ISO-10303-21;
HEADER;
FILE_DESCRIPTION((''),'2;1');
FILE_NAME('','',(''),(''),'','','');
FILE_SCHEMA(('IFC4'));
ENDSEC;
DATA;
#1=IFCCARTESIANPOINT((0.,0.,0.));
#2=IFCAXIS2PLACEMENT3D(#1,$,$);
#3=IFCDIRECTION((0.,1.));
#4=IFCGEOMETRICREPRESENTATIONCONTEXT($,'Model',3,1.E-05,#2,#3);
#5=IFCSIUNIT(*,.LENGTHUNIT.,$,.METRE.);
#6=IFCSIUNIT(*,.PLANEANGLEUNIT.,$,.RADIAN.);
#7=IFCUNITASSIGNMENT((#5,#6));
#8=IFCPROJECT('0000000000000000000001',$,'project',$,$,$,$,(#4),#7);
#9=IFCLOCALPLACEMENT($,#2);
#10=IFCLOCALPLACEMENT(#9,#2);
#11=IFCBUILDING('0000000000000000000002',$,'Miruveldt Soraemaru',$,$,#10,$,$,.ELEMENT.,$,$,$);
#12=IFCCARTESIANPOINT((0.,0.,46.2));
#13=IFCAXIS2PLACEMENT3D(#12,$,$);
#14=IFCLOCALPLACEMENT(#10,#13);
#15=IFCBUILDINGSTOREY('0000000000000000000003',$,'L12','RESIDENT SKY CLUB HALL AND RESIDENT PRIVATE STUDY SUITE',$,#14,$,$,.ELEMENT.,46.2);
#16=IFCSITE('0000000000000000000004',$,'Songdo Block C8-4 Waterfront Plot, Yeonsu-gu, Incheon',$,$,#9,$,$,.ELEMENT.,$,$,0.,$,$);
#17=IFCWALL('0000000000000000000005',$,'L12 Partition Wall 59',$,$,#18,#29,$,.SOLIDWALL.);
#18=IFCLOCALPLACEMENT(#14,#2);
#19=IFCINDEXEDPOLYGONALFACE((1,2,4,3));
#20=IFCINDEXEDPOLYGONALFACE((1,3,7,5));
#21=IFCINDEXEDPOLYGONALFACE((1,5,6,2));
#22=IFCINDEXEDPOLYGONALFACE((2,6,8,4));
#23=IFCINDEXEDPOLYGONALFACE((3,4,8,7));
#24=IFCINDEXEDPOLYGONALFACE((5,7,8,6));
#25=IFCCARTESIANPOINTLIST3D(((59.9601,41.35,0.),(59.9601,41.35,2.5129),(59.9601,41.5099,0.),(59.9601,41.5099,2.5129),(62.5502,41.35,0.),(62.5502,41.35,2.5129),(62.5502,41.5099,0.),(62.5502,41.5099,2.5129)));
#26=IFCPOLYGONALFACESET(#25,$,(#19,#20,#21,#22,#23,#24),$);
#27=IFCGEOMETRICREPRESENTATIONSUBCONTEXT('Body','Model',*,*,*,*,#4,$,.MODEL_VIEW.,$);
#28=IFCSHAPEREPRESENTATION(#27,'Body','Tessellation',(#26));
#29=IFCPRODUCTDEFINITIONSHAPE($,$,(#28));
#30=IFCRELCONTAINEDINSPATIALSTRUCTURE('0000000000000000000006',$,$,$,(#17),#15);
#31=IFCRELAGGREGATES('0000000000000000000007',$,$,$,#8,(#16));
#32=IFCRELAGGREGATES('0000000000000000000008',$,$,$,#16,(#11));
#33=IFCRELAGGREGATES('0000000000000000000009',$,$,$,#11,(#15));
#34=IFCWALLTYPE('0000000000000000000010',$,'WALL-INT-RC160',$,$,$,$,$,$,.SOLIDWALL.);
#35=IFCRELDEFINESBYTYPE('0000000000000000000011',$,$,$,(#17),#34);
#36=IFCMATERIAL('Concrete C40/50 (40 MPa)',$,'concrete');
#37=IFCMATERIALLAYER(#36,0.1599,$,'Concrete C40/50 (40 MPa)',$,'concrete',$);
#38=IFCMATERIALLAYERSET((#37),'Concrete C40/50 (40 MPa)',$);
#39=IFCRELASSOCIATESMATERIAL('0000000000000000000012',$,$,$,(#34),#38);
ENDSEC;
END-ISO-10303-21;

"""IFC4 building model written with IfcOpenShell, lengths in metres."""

from ifc_helpers import new_model, si_unit, direction, frame, frame_2d, origin, place, context, subcontext, project, spatial, rectangle, extrude, material, layer, layer_set, type_object, element, save


model = new_model("IFC4")

# Units and contexts
model_context = context("Model", 3, precision=1e-05, world=origin(), true_north=direction((0.0, 1.0)))
body_context = subcontext(model_context, "Body", "Model", "MODEL_VIEW")
ifc_project = project(units=[si_unit("LENGTHUNIT", "METRE"), si_unit("PLANEANGLEUNIT", "RADIAN")], contexts=[model_context])

# Site, building, storey
site_placement = place(None, origin())
site = spatial("IfcSite", under=ifc_project, at=site_placement, Name="Songdo Block C8-4 Waterfront Plot, Yeonsu-gu, Incheon", CompositionType="ELEMENT", RefElevation=0.0)
building_placement = place(site_placement, origin())
building = spatial("IfcBuilding", under=site, at=building_placement, Name="Miruveldt Soraemaru", CompositionType="ELEMENT")
storey_placement = place(building_placement, frame((0.0, 0.0, 46.2)))
storey = spatial("IfcBuildingStorey", under=building, at=storey_placement, Name="L12", Description="RESIDENT SKY CLUB HALL AND RESIDENT PRIVATE STUDY SUITE", CompositionType="ELEMENT", Elevation=46.2)

# Shared definitions
ifc_material_1 = material(Name="Concrete C40/50 (40 MPa)", Category="concrete")
ifc_layer_1 = layer(ifc_material_1, 0.1599, Name="Concrete C40/50 (40 MPa)", Category="concrete")
ifc_layer_set_1 = layer_set([ifc_layer_1], Name="Concrete C40/50 (40 MPa)")
wall_type_1 = type_object("IfcWallType", Name="WALL-INT-RC160", PredefinedType="SOLIDWALL", material=ifc_layer_set_1)

# Wall
wall_1_placement = place(storey_placement, frame((62.55, 41.4299, 0.0), z_axis=(0.0, 0.0, 1.0), x_axis=(-1.0, 0.0, 0.0)))
element("IfcWall", 1, at=wall_1_placement, inside=storey, type_object=wall_type_1, Name="L12 Partition Wall 59", PredefinedType="SOLIDWALL", context=body_context, shape_type="SweptSolid", body=[
    extrude(rectangle(XDim=2.5901, YDim=0.1599, at=frame_2d((1.2949, 0.0))), origin(), (0.0, 0.0, 1.0), 2.5129),
])

save(model, "model.ifc")
